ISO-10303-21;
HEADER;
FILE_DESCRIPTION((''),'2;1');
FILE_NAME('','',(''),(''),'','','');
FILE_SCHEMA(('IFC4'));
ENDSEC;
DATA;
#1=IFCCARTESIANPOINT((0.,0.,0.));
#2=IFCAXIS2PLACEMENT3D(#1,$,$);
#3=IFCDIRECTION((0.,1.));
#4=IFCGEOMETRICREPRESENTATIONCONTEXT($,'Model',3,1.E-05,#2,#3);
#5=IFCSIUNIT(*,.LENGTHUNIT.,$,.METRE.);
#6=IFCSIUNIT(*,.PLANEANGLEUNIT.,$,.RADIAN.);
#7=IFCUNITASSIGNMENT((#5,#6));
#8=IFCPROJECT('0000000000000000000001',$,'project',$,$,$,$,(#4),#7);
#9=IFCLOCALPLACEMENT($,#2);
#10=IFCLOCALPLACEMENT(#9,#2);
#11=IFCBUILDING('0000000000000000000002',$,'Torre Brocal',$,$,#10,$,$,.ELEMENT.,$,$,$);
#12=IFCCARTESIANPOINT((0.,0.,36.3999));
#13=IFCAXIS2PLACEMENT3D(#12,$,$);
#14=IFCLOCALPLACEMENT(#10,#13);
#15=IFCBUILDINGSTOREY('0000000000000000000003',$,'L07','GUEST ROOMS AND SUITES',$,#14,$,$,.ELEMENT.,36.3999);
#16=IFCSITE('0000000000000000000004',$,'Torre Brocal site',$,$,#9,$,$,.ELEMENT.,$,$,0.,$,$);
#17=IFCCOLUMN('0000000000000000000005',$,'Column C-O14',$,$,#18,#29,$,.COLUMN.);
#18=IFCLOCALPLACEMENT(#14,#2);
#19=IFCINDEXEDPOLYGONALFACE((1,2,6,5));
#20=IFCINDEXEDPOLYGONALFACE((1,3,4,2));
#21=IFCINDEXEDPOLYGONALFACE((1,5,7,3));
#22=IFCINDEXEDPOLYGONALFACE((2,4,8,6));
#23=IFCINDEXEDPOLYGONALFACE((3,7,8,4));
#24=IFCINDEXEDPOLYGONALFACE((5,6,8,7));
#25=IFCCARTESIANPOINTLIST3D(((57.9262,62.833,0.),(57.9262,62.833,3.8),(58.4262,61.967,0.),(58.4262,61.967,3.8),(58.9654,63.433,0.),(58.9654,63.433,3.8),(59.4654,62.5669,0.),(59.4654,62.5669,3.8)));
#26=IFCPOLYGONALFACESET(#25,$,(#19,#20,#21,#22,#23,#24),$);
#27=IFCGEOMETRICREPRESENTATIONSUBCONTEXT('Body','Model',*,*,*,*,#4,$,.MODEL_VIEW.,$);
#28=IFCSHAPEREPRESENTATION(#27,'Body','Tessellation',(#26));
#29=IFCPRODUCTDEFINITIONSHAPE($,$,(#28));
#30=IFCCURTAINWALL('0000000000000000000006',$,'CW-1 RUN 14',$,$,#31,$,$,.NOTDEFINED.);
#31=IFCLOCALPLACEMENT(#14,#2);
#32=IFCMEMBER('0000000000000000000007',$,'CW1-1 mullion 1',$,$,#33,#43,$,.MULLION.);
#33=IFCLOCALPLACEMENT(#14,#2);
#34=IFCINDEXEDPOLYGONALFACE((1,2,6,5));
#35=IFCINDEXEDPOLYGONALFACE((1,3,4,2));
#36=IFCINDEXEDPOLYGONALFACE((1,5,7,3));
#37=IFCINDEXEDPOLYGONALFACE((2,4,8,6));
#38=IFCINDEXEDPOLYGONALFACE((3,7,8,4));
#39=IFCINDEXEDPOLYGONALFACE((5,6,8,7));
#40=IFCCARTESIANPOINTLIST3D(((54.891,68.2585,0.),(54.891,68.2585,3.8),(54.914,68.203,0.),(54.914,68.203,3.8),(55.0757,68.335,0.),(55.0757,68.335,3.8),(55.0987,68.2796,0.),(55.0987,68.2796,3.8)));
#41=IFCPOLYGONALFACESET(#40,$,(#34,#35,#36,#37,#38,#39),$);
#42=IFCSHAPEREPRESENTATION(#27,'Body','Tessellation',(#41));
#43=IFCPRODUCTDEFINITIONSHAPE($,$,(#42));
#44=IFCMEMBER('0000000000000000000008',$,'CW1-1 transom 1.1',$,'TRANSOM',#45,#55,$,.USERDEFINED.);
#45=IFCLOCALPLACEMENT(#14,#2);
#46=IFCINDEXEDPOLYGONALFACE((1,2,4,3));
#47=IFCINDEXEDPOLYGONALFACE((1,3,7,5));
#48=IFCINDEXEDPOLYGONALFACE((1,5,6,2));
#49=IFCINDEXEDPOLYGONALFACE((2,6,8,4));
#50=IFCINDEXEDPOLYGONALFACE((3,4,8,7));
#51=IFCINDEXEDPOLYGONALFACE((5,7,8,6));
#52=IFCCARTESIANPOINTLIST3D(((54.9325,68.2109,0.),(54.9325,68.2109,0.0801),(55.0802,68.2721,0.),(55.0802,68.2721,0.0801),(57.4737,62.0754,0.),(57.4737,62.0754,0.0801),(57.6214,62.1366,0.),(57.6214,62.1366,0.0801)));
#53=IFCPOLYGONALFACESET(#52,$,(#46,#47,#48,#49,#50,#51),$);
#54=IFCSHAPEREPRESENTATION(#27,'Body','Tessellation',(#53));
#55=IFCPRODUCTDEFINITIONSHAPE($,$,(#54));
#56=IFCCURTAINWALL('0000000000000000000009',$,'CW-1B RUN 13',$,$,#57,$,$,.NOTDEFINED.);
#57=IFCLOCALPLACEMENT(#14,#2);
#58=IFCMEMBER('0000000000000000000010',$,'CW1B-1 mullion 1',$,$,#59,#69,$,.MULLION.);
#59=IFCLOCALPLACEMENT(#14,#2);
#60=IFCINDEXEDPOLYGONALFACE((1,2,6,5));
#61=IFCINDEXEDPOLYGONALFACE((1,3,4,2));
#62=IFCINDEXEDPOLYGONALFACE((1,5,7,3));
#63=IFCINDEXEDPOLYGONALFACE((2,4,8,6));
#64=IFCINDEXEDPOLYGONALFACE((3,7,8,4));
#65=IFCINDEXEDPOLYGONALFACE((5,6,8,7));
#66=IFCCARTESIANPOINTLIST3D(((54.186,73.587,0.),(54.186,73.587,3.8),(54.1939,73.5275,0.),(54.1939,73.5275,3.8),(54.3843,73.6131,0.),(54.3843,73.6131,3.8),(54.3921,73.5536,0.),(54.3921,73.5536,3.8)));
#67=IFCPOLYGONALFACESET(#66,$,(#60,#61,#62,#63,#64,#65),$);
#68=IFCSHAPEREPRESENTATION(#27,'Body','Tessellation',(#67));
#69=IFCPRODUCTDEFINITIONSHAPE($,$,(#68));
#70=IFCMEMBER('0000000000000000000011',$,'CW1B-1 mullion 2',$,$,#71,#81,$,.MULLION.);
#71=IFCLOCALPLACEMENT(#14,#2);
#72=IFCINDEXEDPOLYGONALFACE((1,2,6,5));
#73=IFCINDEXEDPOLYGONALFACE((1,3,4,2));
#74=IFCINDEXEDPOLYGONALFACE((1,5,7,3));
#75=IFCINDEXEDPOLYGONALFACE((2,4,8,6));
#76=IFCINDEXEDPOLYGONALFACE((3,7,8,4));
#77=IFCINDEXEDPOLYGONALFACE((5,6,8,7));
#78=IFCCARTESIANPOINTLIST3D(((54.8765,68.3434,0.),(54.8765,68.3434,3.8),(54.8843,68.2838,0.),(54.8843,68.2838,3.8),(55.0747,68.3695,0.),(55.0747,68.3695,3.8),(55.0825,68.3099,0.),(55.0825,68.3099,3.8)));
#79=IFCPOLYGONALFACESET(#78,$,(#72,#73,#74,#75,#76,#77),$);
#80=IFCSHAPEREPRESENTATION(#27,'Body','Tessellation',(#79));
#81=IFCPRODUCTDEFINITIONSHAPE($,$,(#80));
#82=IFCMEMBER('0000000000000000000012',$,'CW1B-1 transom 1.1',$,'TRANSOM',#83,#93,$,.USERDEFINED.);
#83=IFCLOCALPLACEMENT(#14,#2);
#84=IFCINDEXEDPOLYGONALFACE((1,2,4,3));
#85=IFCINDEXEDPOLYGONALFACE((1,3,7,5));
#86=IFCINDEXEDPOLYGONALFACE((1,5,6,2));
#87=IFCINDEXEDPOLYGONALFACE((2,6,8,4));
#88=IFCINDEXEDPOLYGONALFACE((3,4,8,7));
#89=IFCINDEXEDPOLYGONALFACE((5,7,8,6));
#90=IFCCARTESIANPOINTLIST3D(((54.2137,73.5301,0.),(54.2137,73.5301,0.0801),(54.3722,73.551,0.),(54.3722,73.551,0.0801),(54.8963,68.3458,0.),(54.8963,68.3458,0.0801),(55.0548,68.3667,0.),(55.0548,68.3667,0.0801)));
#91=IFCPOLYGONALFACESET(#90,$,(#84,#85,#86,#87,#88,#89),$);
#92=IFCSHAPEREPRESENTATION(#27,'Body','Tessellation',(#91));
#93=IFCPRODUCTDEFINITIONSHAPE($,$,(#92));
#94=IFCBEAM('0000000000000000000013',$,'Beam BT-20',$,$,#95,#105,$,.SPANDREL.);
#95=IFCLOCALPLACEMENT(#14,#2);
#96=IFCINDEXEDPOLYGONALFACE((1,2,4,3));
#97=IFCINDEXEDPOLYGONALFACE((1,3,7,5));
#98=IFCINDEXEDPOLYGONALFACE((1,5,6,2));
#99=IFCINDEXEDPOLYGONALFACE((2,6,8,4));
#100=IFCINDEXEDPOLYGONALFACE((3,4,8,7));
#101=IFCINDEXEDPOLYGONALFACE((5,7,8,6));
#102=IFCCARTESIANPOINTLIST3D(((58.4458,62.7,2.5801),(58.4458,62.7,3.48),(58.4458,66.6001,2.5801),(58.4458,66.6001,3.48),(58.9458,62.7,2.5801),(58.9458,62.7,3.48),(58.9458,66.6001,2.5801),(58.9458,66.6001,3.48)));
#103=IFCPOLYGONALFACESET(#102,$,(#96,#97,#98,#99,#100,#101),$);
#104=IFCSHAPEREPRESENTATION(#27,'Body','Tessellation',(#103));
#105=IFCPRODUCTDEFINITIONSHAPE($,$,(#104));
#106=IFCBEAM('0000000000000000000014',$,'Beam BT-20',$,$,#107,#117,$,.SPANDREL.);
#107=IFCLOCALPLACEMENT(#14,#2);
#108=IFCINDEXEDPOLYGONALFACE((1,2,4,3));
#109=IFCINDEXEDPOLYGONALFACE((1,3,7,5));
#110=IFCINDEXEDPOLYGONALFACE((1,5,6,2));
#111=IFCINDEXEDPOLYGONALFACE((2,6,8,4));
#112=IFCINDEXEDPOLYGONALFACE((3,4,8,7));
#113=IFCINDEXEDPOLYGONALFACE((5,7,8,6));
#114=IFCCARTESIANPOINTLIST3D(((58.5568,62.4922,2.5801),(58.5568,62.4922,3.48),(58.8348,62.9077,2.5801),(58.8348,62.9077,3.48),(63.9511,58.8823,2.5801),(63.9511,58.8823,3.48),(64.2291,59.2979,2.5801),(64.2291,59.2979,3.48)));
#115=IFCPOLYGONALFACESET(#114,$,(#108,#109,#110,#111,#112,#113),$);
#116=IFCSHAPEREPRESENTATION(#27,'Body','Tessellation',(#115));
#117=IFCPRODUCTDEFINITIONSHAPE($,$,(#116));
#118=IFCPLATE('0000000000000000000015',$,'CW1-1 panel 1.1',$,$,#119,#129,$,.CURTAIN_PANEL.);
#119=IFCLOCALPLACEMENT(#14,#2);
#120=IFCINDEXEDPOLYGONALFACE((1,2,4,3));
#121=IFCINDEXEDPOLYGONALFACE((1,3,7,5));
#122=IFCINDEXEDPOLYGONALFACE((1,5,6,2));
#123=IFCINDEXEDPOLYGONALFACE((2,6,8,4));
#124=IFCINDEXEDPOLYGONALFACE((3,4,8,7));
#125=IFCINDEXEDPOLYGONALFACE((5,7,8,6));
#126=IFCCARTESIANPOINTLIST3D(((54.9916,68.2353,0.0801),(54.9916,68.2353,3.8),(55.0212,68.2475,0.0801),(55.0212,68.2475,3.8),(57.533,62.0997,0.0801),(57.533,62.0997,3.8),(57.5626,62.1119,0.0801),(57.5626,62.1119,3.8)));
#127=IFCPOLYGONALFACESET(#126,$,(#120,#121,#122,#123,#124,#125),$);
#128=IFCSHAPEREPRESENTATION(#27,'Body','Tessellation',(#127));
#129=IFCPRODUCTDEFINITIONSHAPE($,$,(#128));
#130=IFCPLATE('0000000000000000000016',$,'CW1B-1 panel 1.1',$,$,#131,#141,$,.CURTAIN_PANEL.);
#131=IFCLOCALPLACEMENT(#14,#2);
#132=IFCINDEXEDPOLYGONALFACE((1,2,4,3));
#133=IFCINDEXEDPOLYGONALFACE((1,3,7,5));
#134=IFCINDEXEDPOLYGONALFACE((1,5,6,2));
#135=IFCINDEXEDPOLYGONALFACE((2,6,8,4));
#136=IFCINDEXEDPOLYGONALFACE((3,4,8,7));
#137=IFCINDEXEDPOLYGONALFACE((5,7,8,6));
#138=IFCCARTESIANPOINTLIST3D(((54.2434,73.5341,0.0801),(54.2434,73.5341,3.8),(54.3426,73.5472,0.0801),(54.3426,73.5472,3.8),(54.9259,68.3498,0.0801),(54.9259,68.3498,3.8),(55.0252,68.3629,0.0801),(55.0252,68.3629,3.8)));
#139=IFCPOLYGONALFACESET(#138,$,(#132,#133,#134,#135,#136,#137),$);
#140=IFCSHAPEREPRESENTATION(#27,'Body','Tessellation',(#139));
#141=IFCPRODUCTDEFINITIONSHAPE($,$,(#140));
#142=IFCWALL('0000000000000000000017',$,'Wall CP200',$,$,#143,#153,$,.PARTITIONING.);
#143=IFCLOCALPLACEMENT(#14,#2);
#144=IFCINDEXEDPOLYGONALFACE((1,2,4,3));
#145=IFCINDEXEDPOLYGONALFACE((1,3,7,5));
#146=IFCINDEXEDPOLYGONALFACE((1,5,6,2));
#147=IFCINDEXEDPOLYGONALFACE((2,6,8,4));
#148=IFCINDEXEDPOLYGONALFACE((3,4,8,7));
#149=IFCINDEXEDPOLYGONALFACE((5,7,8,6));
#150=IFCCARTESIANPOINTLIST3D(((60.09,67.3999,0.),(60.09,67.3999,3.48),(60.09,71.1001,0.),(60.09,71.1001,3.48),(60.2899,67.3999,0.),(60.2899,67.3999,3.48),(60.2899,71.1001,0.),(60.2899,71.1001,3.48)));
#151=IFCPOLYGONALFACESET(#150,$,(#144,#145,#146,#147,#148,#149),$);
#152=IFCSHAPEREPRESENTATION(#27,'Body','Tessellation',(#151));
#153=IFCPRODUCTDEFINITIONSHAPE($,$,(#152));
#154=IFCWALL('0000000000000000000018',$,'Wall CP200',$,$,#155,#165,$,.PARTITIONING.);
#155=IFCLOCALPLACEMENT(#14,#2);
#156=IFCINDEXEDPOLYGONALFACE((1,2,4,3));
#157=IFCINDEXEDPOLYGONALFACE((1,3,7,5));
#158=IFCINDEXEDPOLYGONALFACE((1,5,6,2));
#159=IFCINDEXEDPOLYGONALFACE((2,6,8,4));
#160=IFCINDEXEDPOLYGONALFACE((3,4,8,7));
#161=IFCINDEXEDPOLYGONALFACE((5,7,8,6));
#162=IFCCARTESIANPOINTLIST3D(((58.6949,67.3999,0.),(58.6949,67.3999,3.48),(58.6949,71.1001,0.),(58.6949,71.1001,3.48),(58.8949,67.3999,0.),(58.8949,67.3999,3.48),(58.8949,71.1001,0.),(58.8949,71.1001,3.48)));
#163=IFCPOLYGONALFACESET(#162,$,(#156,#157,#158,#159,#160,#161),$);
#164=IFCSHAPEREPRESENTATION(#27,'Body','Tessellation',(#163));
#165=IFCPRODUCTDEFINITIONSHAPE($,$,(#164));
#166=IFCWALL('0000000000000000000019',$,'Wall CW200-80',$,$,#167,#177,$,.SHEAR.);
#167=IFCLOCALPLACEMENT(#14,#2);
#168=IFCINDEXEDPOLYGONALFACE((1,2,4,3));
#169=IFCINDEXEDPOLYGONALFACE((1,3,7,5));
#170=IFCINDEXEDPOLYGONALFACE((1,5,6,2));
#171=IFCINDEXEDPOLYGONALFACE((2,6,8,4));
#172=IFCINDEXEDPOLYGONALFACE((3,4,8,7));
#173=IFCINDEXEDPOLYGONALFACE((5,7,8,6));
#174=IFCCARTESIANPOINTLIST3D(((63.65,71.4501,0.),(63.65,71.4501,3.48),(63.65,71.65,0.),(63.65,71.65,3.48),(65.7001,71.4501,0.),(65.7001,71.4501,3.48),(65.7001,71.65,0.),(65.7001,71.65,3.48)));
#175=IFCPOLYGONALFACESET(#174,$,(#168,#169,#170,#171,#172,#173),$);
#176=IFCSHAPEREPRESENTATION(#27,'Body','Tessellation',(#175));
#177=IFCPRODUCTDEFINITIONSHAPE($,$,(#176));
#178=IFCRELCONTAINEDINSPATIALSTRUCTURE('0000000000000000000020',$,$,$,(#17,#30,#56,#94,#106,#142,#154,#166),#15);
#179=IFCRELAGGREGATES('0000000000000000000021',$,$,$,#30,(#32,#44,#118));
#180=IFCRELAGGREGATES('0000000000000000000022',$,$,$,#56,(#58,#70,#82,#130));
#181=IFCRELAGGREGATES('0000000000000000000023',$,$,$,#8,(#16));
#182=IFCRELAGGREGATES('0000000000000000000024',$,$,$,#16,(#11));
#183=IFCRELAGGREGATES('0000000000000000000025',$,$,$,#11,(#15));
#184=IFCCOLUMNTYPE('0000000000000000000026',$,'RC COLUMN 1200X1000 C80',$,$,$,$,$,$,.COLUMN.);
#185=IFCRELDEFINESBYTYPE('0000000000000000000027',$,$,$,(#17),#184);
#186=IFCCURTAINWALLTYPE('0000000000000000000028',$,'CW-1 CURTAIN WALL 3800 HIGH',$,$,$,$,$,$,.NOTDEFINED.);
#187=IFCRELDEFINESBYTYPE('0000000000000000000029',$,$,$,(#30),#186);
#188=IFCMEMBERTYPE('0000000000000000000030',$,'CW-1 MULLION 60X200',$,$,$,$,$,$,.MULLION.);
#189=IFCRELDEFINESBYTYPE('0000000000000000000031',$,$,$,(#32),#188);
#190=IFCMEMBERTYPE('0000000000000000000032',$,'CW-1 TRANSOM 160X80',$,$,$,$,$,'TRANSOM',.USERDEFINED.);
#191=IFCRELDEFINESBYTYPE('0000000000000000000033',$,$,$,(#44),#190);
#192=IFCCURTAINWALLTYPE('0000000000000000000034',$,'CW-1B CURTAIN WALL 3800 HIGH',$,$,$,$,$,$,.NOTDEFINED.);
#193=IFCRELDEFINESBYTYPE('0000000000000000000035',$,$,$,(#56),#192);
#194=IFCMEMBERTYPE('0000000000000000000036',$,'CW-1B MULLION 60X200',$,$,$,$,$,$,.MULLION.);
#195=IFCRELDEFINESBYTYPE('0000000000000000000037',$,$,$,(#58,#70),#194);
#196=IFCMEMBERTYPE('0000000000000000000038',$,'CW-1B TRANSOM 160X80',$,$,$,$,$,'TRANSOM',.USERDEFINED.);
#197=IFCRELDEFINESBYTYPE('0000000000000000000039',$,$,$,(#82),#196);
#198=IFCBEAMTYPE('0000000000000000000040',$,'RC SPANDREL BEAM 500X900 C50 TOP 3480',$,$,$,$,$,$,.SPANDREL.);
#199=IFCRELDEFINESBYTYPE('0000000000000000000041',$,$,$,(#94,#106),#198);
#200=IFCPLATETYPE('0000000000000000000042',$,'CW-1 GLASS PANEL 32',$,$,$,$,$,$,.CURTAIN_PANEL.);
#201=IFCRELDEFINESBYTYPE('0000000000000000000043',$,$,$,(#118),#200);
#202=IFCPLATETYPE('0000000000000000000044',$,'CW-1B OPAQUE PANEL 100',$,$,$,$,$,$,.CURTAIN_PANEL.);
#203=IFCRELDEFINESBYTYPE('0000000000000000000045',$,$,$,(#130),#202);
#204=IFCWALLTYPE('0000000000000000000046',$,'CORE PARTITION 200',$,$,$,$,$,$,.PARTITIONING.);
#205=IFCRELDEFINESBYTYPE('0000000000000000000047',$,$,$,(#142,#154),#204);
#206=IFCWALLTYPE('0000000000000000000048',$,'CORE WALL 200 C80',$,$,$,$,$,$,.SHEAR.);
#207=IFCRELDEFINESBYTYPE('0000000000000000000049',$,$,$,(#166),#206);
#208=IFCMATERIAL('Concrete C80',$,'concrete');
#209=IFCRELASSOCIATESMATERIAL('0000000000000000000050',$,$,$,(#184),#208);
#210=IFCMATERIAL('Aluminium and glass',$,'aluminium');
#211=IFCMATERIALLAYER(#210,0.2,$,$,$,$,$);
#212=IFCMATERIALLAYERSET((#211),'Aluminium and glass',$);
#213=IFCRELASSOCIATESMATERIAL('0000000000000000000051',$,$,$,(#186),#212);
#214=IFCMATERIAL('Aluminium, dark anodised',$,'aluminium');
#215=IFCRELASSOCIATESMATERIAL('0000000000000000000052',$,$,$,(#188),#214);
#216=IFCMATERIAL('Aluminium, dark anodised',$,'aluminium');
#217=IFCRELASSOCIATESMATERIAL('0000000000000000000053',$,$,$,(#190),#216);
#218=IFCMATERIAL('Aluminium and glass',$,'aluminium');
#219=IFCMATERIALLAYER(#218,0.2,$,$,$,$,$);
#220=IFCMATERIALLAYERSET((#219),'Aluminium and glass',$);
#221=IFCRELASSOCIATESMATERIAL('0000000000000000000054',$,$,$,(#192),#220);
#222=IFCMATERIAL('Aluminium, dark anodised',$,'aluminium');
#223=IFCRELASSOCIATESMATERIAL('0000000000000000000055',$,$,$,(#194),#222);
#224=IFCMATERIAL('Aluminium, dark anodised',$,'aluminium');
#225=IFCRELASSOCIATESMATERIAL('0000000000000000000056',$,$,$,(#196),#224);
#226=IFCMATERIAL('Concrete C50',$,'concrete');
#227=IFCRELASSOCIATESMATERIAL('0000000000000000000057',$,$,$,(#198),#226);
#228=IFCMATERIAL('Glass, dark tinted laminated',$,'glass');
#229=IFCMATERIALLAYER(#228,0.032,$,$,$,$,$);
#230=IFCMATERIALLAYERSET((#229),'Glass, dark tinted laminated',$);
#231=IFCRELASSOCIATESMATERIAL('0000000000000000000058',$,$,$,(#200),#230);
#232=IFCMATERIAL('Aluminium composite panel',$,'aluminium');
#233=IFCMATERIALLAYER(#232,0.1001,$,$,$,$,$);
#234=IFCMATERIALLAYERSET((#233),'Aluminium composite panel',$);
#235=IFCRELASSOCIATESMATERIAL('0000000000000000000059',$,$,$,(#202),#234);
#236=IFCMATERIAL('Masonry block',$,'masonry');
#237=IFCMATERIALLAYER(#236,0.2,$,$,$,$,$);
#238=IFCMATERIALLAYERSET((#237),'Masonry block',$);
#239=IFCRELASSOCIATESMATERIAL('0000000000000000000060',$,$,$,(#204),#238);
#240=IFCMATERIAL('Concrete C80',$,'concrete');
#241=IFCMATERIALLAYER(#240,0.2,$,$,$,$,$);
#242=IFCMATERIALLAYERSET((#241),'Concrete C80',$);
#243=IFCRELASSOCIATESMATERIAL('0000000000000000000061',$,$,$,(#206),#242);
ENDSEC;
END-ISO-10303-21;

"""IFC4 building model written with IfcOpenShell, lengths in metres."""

from ifc_helpers import new_model, si_unit, direction, frame, frame_2d, origin, origin_2d, place, context, subcontext, project, spatial, rectangle, extrude, material, layer, layer_set, material_profile, profile_set, type_object, element, aggregate, save


model = new_model("IFC4")

# Units and contexts
model_context = context("Model", 3, precision=1e-05, world=origin(), true_north=direction((0.0, 1.0)))
body_context = subcontext(model_context, "Body", "Model", "MODEL_VIEW")
ifc_project = project(units=[si_unit("LENGTHUNIT", "METRE"), si_unit("PLANEANGLEUNIT", "RADIAN")], contexts=[model_context])

# Site, building, storey
site_placement = place(None, origin())
site = spatial("IfcSite", under=ifc_project, at=site_placement, Name="Torre Brocal site", CompositionType="ELEMENT", RefElevation=0.0)
building_placement = place(site_placement, origin())
building = spatial("IfcBuilding", under=site, at=building_placement, Name="Torre Brocal", CompositionType="ELEMENT")
storey_placement = place(building_placement, frame((0.0, 0.0, 36.3999)))
storey = spatial("IfcBuildingStorey", under=building, at=storey_placement, Name="L07", Description="GUEST ROOMS AND SUITES", CompositionType="ELEMENT", Elevation=36.3999)

# Column
ifc_material_1 = material(Name="Concrete C80", Category="concrete")
ifc_material_profile_1 = material_profile(ifc_material_1, rectangle(XDim=1.2, YDim=1.0, at=origin_2d()), Name="RC 1200X1000")
ifc_profile_set_1 = profile_set([ifc_material_profile_1], Name="Concrete C80")
column_type = type_object("IfcColumnType", Name="RC COLUMN 1200X1000 C80", PredefinedType="COLUMN", material=ifc_profile_set_1)
column_placement = place(storey_placement, frame((58.6958, 62.7, 0.0), z_axis=(0.0, 0.0, 1.0), x_axis=(-0.866025, -0.5, 0.0)))
element("IfcColumn", 1, at=column_placement, inside=storey, type_object=column_type, Name="Column C-O14", PredefinedType="COLUMN", context=body_context, shape_type="SweptSolid", body=[
    extrude(rectangle(XDim=1.2, YDim=1.0, at=origin_2d()), origin(), (0.0, 0.0, 1.0), 3.8),
])

# Curtain walls, members
ifc_material_2 = material(Name="Aluminium and glass", Category="aluminium")
ifc_layer_1 = layer(ifc_material_2, 0.2)
ifc_layer_set_1 = layer_set([ifc_layer_1], Name="Aluminium and glass")
curtain_wall_type_1 = type_object("IfcCurtainWallType", Name="CW-1 CURTAIN WALL 3800 HIGH", PredefinedType="NOTDEFINED", material=ifc_layer_set_1)
curtain_wall_1_placement = place(storey_placement, origin())
curtain_wall_1 = element("IfcCurtainWall", 2, at=curtain_wall_1_placement, inside=storey, type_object=curtain_wall_type_1, Name="CW-1 RUN 14", PredefinedType="NOTDEFINED")
ifc_material_3 = material(Name="Aluminium, dark anodised", Category="aluminium")
ifc_material_profile_2 = material_profile(ifc_material_3, rectangle(XDim=0.2, YDim=0.0601, at=origin_2d()), Name="CW-1 MULLION 60X200")
ifc_profile_set_2 = profile_set([ifc_material_profile_2], Name="Aluminium, dark anodised")
member_type_1 = type_object("IfcMemberType", Name="CW-1 MULLION 60X200", PredefinedType="MULLION", material=ifc_profile_set_2)
member_1_placement = place(storey_placement, frame((54.9949, 68.269, 0.0), z_axis=(0.0, 0.0, 1.0), x_axis=(0.92388, 0.382683, 0.0)))
member_1 = element("IfcMember", 3, at=member_1_placement, type_object=member_type_1, Name="CW1-1 mullion 1", PredefinedType="MULLION", context=body_context, shape_type="SweptSolid", body=[
    extrude(rectangle(XDim=0.2, YDim=0.0601, at=origin_2d()), origin(), (0.0, 0.0, 1.0), 3.8),
])
ifc_material_4 = material(Name="Aluminium, dark anodised", Category="aluminium")
ifc_material_profile_3 = material_profile(ifc_material_4, rectangle(XDim=0.1599, YDim=0.0801, at=origin_2d()), Name="CW-1 TRANSOM 160X80")
ifc_profile_set_3 = profile_set([ifc_material_profile_3], Name="Aluminium, dark anodised")
member_type_2 = type_object("IfcMemberType", Name="CW-1 TRANSOM 160X80", ElementType="TRANSOM", PredefinedType="USERDEFINED", material=ifc_profile_set_3)
member_2_placement = place(storey_placement, frame((55.0063, 68.2415, 0.04), z_axis=(0.382665, -0.923887, 0.0), x_axis=(0.923887, 0.382665, 0.0)))
member_2 = element("IfcMember", 4, at=member_2_placement, type_object=member_type_2, Name="CW1-1 transom 1.1", ObjectType="TRANSOM", PredefinedType="USERDEFINED", context=body_context, shape_type="SweptSolid", body=[
    extrude(rectangle(XDim=0.1599, YDim=0.0801, at=origin_2d()), origin(), (0.0, 0.0, 1.0), 6.6409),
])
ifc_material_5 = material(Name="Aluminium and glass", Category="aluminium")
ifc_layer_2 = layer(ifc_material_5, 0.2)
ifc_layer_set_2 = layer_set([ifc_layer_2], Name="Aluminium and glass")
curtain_wall_type_2 = type_object("IfcCurtainWallType", Name="CW-1B CURTAIN WALL 3800 HIGH", PredefinedType="NOTDEFINED", material=ifc_layer_set_2)
curtain_wall_2_placement = place(storey_placement, origin())
curtain_wall_2 = element("IfcCurtainWall", 5, at=curtain_wall_2_placement, inside=storey, type_object=curtain_wall_type_2, Name="CW-1B RUN 13", PredefinedType="NOTDEFINED")
ifc_material_6 = material(Name="Aluminium, dark anodised", Category="aluminium")
ifc_material_profile_4 = material_profile(ifc_material_6, rectangle(XDim=0.2, YDim=0.0601, at=origin_2d()), Name="CW-1B MULLION 60X200")
ifc_profile_set_4 = profile_set([ifc_material_profile_4], Name="Aluminium, dark anodised")
member_type_3 = type_object("IfcMemberType", Name="CW-1B MULLION 60X200", PredefinedType="MULLION", material=ifc_profile_set_4)
member_3_placement = place(storey_placement, frame((54.2891, 73.5703, 0.0), z_axis=(0.0, 0.0, 1.0), x_axis=(0.991445, 0.130526, 0.0)))
member_3 = element("IfcMember", 6, at=member_3_placement, type_object=member_type_3, Name="CW1B-1 mullion 1", PredefinedType="MULLION", context=body_context, shape_type="SweptSolid", body=[
    extrude(rectangle(XDim=0.2, YDim=0.0601, at=origin_2d()), origin(), (0.0, 0.0, 1.0), 3.8),
])
member_4_placement = place(storey_placement, frame((54.9795, 68.3267, 0.0), z_axis=(0.0, 0.0, 1.0), x_axis=(0.991445, 0.130526, 0.0)))
member_4 = element("IfcMember", 7, at=member_4_placement, type_object=member_type_3, Name="CW1B-1 mullion 2", PredefinedType="MULLION", context=body_context, shape_type="SweptSolid", body=[
    extrude(rectangle(XDim=0.2, YDim=0.0601, at=origin_2d()), origin(), (0.0, 0.0, 1.0), 3.8),
])
ifc_material_7 = material(Name="Aluminium, dark anodised", Category="aluminium")
ifc_material_profile_5 = material_profile(ifc_material_7, rectangle(XDim=0.1599, YDim=0.0801, at=origin_2d()), Name="CW-1B TRANSOM 160X80")
ifc_profile_set_5 = profile_set([ifc_material_profile_5], Name="Aluminium, dark anodised")
member_type_4 = type_object("IfcMemberType", Name="CW-1B TRANSOM 160X80", ElementType="TRANSOM", PredefinedType="USERDEFINED", material=ifc_profile_set_5)
member_5_placement = place(storey_placement, frame((54.293, 73.5405, 0.04), z_axis=(0.130543, -0.991443, 0.0), x_axis=(0.991443, 0.130543, 0.0)))
member_5 = element("IfcMember", 8, at=member_5_placement, type_object=member_type_4, Name="CW1B-1 transom 1.1", ObjectType="TRANSOM", PredefinedType="USERDEFINED", context=body_context, shape_type="SweptSolid", body=[
    extrude(rectangle(XDim=0.1599, YDim=0.0801, at=origin_2d()), origin(), (0.0, 0.0, 1.0), 5.229),
])

# Beams
ifc_material_8 = material(Name="Concrete C50", Category="concrete")
ifc_material_profile_6 = material_profile(ifc_material_8, rectangle(XDim=0.5, YDim=0.8999, at=origin_2d()), Name="RC 500X900")
ifc_profile_set_6 = profile_set([ifc_material_profile_6], Name="Concrete C50")
beam_type = type_object("IfcBeamType", Name="RC SPANDREL BEAM 500X900 C50 TOP 3480", PredefinedType="SPANDREL", material=ifc_profile_set_6)
beam_1_placement = place(storey_placement, frame((58.6958, 62.7, 3.03), z_axis=(0.0, 1.0, 0.0), x_axis=(-1.0, 0.0, 0.0)))
element("IfcBeam", 9, at=beam_1_placement, inside=storey, type_object=beam_type, Name="Beam BT-20", PredefinedType="SPANDREL", context=body_context, shape_type="SweptSolid", body=[
    extrude(rectangle(XDim=0.5, YDim=0.8999, at=origin_2d()), origin(), (0.0, 0.0, 1.0), 3.9001),
])
beam_2_placement = place(storey_placement, frame((58.6958, 62.7, 3.03), z_axis=(0.831077, -0.556158, 0.0), x_axis=(0.556158, 0.831077, 0.0)))
element("IfcBeam", 10, at=beam_2_placement, inside=storey, type_object=beam_type, Name="Beam BT-20", PredefinedType="SPANDREL", context=body_context, shape_type="SweptSolid", body=[
    extrude(rectangle(XDim=0.5, YDim=0.8999, at=origin_2d()), origin(), (0.0, 0.0, 1.0), 6.4907),
])

# Plates
ifc_material_9 = material(Name="Glass, dark tinted laminated", Category="glass")
ifc_layer_3 = layer(ifc_material_9, 0.032)
ifc_layer_set_3 = layer_set([ifc_layer_3], Name="Glass, dark tinted laminated")
plate_type_1 = type_object("IfcPlateType", Name="CW-1 GLASS PANEL 32", PredefinedType="CURTAIN_PANEL", material=ifc_layer_set_3)
plate_1_placement = place(storey_placement, frame((56.2771, 65.1736, 0.0801), z_axis=(0.0, 0.0, 1.0), x_axis=(0.382683, -0.92388, 0.0)))
plate_1 = element("IfcPlate", 11, at=plate_1_placement, type_object=plate_type_1, Name="CW1-1 panel 1.1", PredefinedType="CURTAIN_PANEL", context=body_context, shape_type="SweptSolid", body=[
    extrude(rectangle(XDim=6.6411, YDim=0.032, at=origin_2d()), origin(), (0.0, 0.0, 1.0), 3.72),
])
aggregate(curtain_wall_1, [member_1, member_2, plate_1])
ifc_material_10 = material(Name="Aluminium composite panel", Category="aluminium")
ifc_layer_4 = layer(ifc_material_10, 0.1001)
ifc_layer_set_4 = layer_set([ifc_layer_4], Name="Aluminium composite panel")
plate_type_2 = type_object("IfcPlateType", Name="CW-1B OPAQUE PANEL 100", PredefinedType="CURTAIN_PANEL", material=ifc_layer_set_4)
plate_2_placement = place(storey_placement, frame((54.6343, 70.9485, 0.0801), z_axis=(0.0, 0.0, 1.0), x_axis=(0.130526, -0.991445, 0.0)))
plate_2 = element("IfcPlate", 12, at=plate_2_placement, type_object=plate_type_2, Name="CW1B-1 panel 1.1", PredefinedType="CURTAIN_PANEL", context=body_context, shape_type="SweptSolid", body=[
    extrude(rectangle(XDim=5.229, YDim=0.1001, at=origin_2d()), origin(), (0.0, 0.0, 1.0), 3.72),
])
aggregate(curtain_wall_2, [member_3, member_4, member_5, plate_2])

# Walls
ifc_material_11 = material(Name="Masonry block", Category="masonry")
ifc_layer_5 = layer(ifc_material_11, 0.2)
ifc_layer_set_5 = layer_set([ifc_layer_5], Name="Masonry block")
wall_type_1 = type_object("IfcWallType", Name="CORE PARTITION 200", PredefinedType="PARTITIONING", material=ifc_layer_set_5)
for number, where, z_axis, x_axis, name in (
    (13, (60.1899, 71.1001, 0.0), (0.0, 0.0, 1.0), (0.0, -1.0, 0.0), "Wall CP200"),
    (14, (58.7949, 71.1001, 0.0), (0.0, 0.0, 1.0), (0.0, -1.0, 0.0), "Wall CP200"),
):
    element("IfcWall", number, at=place(storey_placement, frame(where, z_axis=z_axis, x_axis=x_axis)), inside=storey, type_object=wall_type_1, Name=name, PredefinedType="PARTITIONING", context=body_context, shape_type="SweptSolid", body=[
        extrude(rectangle(XDim=3.7002, YDim=0.2, at=frame_2d((1.8501, 0.0))), origin(), (0.0, 0.0, 1.0), 3.48),
    ])
ifc_material_12 = material(Name="Concrete C80", Category="concrete")
ifc_layer_6 = layer(ifc_material_12, 0.2)
ifc_layer_set_6 = layer_set([ifc_layer_6], Name="Concrete C80")
wall_type_2 = type_object("IfcWallType", Name="CORE WALL 200 C80", PredefinedType="SHEAR", material=ifc_layer_set_6)
wall_1_placement = place(storey_placement, frame((65.7, 71.55, 0.0), z_axis=(0.0, 0.0, 1.0), x_axis=(-1.0, 0.0, 0.0)))
element("IfcWall", 15, at=wall_1_placement, inside=storey, type_object=wall_type_2, Name="Wall CW200-80", PredefinedType="SHEAR", context=body_context, shape_type="SweptSolid", body=[
    extrude(rectangle(XDim=2.05, YDim=0.2, at=frame_2d((1.0249, 0.0))), origin(), (0.0, 0.0, 1.0), 3.48),
])

save(model, "model.ifc")
